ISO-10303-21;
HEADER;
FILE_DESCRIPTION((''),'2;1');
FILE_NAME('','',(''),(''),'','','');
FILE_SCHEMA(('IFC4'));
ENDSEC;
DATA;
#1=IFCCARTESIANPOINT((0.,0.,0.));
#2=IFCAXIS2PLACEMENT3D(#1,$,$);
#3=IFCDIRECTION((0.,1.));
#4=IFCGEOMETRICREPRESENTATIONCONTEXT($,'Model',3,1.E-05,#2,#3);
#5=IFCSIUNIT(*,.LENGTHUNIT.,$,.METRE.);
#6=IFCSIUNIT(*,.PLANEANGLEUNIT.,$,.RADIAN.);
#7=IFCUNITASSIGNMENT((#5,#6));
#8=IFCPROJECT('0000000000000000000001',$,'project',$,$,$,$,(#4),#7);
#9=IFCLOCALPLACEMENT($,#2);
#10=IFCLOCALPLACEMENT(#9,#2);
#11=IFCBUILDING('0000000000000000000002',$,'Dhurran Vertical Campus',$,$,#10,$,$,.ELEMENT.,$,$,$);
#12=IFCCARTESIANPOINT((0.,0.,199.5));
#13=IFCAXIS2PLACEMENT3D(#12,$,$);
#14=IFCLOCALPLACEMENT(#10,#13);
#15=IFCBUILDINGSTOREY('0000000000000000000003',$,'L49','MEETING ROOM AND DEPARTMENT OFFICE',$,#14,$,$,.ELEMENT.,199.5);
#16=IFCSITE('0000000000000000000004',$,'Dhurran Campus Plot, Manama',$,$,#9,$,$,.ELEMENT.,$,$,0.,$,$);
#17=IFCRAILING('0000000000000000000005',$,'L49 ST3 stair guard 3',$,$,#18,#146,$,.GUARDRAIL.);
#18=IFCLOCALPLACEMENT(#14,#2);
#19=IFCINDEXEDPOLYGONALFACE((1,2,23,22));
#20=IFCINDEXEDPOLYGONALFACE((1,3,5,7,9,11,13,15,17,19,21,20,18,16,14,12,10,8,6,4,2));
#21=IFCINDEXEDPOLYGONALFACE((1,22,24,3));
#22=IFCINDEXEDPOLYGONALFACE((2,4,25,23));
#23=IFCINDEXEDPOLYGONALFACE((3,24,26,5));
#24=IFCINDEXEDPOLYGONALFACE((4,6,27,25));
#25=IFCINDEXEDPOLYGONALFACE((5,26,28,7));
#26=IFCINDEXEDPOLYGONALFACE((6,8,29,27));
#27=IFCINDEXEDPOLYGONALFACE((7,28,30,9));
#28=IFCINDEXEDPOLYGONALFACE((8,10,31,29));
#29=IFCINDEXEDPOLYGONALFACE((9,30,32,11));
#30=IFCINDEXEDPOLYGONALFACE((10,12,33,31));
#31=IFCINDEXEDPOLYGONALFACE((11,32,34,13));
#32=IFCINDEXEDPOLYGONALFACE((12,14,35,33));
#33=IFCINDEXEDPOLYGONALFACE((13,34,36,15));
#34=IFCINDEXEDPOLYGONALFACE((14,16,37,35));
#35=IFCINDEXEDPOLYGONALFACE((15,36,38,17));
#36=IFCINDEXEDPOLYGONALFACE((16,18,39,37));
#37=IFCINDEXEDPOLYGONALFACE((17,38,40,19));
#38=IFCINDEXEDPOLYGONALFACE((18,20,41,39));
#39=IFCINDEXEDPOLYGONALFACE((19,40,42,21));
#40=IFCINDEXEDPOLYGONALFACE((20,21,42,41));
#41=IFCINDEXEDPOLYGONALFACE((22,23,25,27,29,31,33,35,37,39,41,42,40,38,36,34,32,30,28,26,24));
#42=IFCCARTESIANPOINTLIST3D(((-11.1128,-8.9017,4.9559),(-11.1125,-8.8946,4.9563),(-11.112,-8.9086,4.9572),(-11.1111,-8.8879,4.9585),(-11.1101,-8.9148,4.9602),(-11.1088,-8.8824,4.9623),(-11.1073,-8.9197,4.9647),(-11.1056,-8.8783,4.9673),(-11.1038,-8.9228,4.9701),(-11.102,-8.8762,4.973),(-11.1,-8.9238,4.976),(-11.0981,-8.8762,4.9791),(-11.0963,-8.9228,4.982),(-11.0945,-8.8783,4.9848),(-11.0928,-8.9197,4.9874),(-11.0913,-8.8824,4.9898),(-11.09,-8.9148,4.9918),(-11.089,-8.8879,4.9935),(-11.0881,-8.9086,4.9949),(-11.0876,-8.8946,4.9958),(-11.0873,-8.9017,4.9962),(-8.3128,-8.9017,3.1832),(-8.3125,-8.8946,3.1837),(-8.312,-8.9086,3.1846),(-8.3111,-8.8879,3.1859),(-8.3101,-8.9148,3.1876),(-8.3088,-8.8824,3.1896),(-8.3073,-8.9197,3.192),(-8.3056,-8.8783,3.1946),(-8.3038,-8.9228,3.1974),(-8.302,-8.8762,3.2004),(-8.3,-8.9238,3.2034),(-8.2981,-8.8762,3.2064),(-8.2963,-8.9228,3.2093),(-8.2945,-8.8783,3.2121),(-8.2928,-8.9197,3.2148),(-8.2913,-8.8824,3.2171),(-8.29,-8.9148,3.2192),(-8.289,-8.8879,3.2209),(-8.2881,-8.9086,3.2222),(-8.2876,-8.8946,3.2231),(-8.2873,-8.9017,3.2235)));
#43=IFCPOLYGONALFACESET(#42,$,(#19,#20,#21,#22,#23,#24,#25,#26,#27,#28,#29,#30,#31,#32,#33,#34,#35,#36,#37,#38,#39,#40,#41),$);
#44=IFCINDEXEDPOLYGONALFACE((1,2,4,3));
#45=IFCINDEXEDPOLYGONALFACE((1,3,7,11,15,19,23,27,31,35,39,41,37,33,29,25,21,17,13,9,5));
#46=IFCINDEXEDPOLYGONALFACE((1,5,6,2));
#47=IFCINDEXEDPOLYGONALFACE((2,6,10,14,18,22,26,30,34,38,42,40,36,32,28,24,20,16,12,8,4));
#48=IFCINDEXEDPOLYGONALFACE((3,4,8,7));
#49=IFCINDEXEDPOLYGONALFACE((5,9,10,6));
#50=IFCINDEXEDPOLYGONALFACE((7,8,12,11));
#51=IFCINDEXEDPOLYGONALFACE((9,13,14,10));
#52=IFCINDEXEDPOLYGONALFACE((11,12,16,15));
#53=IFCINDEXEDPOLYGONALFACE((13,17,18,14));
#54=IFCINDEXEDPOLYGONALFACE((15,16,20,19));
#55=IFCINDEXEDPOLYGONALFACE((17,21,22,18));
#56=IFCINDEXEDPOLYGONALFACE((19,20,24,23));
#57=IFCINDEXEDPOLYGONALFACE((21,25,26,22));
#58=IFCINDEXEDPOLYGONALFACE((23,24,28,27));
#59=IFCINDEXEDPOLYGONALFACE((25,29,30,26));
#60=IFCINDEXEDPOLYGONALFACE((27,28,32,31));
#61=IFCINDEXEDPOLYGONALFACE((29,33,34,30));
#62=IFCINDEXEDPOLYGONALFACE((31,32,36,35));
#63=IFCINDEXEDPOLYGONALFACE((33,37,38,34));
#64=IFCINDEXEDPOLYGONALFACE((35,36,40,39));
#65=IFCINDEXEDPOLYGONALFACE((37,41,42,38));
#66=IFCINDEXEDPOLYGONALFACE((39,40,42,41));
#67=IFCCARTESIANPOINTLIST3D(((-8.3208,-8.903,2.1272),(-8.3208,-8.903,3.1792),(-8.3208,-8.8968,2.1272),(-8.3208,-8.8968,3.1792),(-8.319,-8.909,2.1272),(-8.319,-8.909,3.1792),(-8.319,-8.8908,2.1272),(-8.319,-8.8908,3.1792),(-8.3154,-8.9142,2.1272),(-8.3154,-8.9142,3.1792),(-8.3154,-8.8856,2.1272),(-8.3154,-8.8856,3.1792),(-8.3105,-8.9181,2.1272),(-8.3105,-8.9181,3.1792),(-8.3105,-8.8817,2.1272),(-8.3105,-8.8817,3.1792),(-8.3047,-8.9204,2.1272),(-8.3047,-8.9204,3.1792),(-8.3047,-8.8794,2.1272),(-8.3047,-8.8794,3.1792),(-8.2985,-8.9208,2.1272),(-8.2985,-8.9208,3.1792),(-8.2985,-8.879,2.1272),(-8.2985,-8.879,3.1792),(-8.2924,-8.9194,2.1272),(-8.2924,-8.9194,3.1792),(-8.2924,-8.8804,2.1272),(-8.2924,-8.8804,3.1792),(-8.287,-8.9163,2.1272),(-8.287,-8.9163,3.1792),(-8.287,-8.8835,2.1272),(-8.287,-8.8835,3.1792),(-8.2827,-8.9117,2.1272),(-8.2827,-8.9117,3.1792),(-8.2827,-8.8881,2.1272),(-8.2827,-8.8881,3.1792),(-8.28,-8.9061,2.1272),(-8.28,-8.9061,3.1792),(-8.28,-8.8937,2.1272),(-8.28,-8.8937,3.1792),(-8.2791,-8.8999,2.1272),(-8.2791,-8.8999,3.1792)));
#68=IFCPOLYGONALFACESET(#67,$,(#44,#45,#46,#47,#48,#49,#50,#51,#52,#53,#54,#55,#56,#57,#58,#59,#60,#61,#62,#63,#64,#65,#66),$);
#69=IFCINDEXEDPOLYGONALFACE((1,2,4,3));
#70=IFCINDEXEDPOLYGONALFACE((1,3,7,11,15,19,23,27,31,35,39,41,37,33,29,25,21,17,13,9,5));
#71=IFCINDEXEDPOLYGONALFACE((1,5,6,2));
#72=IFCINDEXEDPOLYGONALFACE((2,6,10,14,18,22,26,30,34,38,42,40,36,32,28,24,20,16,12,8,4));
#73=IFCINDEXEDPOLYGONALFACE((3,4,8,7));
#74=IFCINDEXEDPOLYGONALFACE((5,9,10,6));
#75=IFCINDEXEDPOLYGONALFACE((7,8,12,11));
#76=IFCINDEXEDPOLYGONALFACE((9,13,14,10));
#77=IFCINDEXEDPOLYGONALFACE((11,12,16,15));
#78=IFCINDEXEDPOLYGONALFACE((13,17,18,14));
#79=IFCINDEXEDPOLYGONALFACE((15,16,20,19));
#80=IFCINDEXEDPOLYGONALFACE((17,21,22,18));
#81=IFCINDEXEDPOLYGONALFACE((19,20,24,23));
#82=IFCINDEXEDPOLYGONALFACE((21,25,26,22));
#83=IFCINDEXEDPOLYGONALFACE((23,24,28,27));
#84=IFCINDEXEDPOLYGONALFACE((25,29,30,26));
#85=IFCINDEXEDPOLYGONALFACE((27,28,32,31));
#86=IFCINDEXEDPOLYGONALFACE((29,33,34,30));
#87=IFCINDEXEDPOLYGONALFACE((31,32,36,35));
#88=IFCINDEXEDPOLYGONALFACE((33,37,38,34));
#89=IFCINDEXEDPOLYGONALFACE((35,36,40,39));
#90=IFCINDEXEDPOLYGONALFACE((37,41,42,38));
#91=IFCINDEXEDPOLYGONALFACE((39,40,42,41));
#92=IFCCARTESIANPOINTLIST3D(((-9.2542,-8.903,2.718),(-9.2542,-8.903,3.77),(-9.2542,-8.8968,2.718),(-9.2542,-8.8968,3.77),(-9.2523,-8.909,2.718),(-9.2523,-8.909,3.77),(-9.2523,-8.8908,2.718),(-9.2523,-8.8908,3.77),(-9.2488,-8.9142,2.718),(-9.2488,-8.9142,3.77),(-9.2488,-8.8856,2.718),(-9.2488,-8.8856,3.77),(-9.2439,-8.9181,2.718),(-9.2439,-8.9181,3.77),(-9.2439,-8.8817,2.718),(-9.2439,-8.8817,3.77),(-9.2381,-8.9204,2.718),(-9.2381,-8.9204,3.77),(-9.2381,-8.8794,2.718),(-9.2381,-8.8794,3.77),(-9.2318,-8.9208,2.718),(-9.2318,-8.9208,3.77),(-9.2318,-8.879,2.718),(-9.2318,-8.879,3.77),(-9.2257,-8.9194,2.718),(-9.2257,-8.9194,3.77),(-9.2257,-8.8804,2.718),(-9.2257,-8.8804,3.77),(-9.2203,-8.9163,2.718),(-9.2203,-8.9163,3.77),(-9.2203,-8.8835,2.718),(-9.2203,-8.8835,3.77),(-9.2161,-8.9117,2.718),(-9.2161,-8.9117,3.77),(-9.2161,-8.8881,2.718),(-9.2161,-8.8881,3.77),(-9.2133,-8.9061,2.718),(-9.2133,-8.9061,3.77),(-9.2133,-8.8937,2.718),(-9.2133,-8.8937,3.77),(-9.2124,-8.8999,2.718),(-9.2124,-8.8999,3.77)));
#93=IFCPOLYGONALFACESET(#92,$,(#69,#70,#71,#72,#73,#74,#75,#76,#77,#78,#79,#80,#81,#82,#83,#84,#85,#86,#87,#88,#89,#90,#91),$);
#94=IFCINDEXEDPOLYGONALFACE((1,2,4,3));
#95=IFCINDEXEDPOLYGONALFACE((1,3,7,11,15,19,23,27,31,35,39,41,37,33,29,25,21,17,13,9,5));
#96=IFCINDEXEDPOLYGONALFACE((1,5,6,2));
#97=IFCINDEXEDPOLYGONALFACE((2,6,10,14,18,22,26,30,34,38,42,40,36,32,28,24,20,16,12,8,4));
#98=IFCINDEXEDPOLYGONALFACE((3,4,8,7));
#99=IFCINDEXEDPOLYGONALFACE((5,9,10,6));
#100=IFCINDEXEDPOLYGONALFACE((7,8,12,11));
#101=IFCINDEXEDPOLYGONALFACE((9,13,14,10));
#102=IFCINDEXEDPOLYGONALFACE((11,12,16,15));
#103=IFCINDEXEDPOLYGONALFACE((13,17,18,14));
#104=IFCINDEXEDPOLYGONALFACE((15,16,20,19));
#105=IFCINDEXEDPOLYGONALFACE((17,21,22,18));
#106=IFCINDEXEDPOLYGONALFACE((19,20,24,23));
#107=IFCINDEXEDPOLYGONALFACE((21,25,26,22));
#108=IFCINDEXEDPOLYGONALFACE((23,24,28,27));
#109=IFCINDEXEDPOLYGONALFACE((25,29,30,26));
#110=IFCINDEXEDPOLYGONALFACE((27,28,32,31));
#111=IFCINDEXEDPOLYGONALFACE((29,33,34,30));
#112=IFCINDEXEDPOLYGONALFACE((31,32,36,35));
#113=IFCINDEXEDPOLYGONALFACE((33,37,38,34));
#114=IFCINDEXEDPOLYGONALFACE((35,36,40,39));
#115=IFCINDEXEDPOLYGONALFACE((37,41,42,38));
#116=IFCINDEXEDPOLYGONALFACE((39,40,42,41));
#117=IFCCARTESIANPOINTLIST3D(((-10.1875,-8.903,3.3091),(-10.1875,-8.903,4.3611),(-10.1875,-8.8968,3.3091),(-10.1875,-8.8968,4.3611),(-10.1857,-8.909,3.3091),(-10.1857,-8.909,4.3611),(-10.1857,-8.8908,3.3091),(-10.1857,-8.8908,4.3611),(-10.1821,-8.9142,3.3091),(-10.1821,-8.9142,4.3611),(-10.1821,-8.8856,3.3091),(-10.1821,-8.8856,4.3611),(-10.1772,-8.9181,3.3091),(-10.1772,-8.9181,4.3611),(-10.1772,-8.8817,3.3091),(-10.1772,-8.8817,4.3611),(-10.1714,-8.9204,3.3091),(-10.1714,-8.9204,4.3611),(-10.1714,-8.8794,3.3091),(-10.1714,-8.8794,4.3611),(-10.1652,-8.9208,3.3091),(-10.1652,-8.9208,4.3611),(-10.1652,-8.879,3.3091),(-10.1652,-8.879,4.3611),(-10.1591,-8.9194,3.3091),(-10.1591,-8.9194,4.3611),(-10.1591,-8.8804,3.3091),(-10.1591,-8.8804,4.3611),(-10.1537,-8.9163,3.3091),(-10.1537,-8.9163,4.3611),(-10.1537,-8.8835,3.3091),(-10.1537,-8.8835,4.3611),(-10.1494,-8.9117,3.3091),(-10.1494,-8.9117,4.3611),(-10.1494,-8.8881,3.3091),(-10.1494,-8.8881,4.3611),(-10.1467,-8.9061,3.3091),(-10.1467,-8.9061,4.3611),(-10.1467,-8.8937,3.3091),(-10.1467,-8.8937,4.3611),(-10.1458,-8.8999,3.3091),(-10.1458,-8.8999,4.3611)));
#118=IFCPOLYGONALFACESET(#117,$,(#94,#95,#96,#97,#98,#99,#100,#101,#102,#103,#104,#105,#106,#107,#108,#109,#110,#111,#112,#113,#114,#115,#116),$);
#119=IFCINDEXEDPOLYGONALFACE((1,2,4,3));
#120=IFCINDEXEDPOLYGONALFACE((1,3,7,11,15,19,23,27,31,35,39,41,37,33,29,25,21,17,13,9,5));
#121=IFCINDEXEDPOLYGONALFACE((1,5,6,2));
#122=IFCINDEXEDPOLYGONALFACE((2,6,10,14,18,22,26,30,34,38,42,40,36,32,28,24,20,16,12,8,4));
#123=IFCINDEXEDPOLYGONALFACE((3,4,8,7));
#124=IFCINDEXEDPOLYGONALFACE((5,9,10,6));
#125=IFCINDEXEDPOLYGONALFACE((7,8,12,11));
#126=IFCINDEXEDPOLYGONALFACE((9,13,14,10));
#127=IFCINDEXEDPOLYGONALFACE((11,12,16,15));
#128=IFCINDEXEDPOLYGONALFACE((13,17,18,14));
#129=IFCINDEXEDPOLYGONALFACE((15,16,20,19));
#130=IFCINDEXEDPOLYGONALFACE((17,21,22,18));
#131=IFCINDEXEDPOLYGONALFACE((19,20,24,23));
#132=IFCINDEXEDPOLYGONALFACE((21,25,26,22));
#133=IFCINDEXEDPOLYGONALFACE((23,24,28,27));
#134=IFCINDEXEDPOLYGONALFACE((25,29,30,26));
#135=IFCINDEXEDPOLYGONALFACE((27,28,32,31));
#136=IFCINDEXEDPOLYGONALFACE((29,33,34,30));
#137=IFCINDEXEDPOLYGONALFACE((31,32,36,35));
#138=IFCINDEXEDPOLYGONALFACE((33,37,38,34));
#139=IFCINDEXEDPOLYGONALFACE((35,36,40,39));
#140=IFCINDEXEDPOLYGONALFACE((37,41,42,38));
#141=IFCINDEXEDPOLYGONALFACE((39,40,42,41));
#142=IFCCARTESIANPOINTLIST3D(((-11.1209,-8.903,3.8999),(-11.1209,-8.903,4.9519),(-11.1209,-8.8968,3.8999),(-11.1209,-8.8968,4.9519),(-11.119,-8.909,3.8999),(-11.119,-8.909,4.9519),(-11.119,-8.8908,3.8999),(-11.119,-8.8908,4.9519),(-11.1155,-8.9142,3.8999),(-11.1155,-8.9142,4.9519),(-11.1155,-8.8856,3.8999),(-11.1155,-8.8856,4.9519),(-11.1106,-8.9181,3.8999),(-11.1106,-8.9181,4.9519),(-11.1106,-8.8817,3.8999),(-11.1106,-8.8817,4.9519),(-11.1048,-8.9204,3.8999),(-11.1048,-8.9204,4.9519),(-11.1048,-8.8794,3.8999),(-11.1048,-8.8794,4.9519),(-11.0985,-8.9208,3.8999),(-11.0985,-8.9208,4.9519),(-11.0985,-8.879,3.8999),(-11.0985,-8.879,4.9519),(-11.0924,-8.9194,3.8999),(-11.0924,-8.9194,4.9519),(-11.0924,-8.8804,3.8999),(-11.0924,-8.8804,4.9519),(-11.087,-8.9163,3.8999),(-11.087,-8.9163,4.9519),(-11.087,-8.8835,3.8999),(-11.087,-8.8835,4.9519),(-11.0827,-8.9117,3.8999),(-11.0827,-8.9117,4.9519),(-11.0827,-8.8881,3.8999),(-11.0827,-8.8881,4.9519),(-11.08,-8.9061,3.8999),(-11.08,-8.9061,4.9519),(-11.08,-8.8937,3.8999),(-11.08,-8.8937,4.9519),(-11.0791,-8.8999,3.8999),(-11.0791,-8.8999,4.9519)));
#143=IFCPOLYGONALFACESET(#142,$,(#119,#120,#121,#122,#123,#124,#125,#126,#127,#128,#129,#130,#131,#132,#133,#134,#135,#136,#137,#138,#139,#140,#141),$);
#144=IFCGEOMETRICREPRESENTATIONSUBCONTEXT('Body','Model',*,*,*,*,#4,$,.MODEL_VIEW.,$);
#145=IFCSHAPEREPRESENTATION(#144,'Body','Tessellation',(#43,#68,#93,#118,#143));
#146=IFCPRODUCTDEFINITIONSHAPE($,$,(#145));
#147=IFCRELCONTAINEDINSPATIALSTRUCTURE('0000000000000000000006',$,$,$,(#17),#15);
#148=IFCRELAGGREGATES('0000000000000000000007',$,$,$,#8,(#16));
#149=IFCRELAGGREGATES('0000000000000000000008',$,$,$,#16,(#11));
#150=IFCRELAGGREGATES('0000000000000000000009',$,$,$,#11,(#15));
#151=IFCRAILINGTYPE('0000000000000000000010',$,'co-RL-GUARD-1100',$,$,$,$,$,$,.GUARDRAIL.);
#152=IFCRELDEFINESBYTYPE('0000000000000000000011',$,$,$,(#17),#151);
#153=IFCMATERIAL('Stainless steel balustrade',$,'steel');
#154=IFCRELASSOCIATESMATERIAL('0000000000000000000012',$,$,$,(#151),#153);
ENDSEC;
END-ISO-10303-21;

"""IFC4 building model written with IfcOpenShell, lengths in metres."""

from ifc_helpers import new_model, si_unit, direction, frame, origin, origin_2d, place, context, subcontext, project, spatial, circle, extrude, material, type_object, element, save


model = new_model("IFC4")

# Units and contexts
model_context = context("Model", 3, precision=1e-05, world=origin(), true_north=direction((0.0, 1.0)))
body_context = subcontext(model_context, "Body", "Model", "MODEL_VIEW")
ifc_project = project(units=[si_unit("LENGTHUNIT", "METRE"), si_unit("PLANEANGLEUNIT", "RADIAN")], contexts=[model_context])

# Site, building, storey
site_placement = place(None, origin())
site = spatial("IfcSite", under=ifc_project, at=site_placement, Name="Dhurran Campus Plot, Manama", CompositionType="ELEMENT", RefElevation=0.0)
building_placement = place(site_placement, origin())
building = spatial("IfcBuilding", under=site, at=building_placement, Name="Dhurran Vertical Campus", CompositionType="ELEMENT")
storey_placement = place(building_placement, frame((0.0, 0.0, 199.5)))
storey = spatial("IfcBuildingStorey", under=building, at=storey_placement, Name="L49", Description="MEETING ROOM AND DEPARTMENT OFFICE", CompositionType="ELEMENT", Elevation=199.5)

# Railing
ifc_material_1 = material(Name="Stainless steel balustrade", Category="steel")
railing_type_1 = type_object("IfcRailingType", Name="co-RL-GUARD-1100", PredefinedType="GUARDRAIL", material=ifc_material_1)
railing_1_placement = place(storey_placement, frame((-8.3, -8.8999, 2.1272)))
element("IfcRailing", 1, at=railing_1_placement, inside=storey, type_object=railing_type_1, Name="L49 ST3 stair guard 3", PredefinedType="GUARDRAIL", context=body_context, shape_type="SweptSolid", body=[
    extrude(circle(Radius=0.0239, at=origin_2d()), frame((0.0, 0.0, 1.0762), z_axis=(-0.844909, 0.0, 0.53491), x_axis=(0.0, -1.0, 0.0)), (0.0, 0.0, 1.0), 3.314),
    extrude(circle(Radius=0.021, at=origin_2d()), origin(), (0.0, 0.0, 1.0), 1.052),
    extrude(circle(Radius=0.021, at=origin_2d()), frame((-0.9333, 0.0, 0.5908)), (0.0, 0.0, 1.0), 1.052),
    extrude(circle(Radius=0.021, at=origin_2d()), frame((-1.8667, 0.0, 1.1819)), (0.0, 0.0, 1.0), 1.052),
    extrude(circle(Radius=0.021, at=origin_2d()), frame((-2.8, 0.0, 1.7727)), (0.0, 0.0, 1.0), 1.052),
])

save(model, "model.ifc")
